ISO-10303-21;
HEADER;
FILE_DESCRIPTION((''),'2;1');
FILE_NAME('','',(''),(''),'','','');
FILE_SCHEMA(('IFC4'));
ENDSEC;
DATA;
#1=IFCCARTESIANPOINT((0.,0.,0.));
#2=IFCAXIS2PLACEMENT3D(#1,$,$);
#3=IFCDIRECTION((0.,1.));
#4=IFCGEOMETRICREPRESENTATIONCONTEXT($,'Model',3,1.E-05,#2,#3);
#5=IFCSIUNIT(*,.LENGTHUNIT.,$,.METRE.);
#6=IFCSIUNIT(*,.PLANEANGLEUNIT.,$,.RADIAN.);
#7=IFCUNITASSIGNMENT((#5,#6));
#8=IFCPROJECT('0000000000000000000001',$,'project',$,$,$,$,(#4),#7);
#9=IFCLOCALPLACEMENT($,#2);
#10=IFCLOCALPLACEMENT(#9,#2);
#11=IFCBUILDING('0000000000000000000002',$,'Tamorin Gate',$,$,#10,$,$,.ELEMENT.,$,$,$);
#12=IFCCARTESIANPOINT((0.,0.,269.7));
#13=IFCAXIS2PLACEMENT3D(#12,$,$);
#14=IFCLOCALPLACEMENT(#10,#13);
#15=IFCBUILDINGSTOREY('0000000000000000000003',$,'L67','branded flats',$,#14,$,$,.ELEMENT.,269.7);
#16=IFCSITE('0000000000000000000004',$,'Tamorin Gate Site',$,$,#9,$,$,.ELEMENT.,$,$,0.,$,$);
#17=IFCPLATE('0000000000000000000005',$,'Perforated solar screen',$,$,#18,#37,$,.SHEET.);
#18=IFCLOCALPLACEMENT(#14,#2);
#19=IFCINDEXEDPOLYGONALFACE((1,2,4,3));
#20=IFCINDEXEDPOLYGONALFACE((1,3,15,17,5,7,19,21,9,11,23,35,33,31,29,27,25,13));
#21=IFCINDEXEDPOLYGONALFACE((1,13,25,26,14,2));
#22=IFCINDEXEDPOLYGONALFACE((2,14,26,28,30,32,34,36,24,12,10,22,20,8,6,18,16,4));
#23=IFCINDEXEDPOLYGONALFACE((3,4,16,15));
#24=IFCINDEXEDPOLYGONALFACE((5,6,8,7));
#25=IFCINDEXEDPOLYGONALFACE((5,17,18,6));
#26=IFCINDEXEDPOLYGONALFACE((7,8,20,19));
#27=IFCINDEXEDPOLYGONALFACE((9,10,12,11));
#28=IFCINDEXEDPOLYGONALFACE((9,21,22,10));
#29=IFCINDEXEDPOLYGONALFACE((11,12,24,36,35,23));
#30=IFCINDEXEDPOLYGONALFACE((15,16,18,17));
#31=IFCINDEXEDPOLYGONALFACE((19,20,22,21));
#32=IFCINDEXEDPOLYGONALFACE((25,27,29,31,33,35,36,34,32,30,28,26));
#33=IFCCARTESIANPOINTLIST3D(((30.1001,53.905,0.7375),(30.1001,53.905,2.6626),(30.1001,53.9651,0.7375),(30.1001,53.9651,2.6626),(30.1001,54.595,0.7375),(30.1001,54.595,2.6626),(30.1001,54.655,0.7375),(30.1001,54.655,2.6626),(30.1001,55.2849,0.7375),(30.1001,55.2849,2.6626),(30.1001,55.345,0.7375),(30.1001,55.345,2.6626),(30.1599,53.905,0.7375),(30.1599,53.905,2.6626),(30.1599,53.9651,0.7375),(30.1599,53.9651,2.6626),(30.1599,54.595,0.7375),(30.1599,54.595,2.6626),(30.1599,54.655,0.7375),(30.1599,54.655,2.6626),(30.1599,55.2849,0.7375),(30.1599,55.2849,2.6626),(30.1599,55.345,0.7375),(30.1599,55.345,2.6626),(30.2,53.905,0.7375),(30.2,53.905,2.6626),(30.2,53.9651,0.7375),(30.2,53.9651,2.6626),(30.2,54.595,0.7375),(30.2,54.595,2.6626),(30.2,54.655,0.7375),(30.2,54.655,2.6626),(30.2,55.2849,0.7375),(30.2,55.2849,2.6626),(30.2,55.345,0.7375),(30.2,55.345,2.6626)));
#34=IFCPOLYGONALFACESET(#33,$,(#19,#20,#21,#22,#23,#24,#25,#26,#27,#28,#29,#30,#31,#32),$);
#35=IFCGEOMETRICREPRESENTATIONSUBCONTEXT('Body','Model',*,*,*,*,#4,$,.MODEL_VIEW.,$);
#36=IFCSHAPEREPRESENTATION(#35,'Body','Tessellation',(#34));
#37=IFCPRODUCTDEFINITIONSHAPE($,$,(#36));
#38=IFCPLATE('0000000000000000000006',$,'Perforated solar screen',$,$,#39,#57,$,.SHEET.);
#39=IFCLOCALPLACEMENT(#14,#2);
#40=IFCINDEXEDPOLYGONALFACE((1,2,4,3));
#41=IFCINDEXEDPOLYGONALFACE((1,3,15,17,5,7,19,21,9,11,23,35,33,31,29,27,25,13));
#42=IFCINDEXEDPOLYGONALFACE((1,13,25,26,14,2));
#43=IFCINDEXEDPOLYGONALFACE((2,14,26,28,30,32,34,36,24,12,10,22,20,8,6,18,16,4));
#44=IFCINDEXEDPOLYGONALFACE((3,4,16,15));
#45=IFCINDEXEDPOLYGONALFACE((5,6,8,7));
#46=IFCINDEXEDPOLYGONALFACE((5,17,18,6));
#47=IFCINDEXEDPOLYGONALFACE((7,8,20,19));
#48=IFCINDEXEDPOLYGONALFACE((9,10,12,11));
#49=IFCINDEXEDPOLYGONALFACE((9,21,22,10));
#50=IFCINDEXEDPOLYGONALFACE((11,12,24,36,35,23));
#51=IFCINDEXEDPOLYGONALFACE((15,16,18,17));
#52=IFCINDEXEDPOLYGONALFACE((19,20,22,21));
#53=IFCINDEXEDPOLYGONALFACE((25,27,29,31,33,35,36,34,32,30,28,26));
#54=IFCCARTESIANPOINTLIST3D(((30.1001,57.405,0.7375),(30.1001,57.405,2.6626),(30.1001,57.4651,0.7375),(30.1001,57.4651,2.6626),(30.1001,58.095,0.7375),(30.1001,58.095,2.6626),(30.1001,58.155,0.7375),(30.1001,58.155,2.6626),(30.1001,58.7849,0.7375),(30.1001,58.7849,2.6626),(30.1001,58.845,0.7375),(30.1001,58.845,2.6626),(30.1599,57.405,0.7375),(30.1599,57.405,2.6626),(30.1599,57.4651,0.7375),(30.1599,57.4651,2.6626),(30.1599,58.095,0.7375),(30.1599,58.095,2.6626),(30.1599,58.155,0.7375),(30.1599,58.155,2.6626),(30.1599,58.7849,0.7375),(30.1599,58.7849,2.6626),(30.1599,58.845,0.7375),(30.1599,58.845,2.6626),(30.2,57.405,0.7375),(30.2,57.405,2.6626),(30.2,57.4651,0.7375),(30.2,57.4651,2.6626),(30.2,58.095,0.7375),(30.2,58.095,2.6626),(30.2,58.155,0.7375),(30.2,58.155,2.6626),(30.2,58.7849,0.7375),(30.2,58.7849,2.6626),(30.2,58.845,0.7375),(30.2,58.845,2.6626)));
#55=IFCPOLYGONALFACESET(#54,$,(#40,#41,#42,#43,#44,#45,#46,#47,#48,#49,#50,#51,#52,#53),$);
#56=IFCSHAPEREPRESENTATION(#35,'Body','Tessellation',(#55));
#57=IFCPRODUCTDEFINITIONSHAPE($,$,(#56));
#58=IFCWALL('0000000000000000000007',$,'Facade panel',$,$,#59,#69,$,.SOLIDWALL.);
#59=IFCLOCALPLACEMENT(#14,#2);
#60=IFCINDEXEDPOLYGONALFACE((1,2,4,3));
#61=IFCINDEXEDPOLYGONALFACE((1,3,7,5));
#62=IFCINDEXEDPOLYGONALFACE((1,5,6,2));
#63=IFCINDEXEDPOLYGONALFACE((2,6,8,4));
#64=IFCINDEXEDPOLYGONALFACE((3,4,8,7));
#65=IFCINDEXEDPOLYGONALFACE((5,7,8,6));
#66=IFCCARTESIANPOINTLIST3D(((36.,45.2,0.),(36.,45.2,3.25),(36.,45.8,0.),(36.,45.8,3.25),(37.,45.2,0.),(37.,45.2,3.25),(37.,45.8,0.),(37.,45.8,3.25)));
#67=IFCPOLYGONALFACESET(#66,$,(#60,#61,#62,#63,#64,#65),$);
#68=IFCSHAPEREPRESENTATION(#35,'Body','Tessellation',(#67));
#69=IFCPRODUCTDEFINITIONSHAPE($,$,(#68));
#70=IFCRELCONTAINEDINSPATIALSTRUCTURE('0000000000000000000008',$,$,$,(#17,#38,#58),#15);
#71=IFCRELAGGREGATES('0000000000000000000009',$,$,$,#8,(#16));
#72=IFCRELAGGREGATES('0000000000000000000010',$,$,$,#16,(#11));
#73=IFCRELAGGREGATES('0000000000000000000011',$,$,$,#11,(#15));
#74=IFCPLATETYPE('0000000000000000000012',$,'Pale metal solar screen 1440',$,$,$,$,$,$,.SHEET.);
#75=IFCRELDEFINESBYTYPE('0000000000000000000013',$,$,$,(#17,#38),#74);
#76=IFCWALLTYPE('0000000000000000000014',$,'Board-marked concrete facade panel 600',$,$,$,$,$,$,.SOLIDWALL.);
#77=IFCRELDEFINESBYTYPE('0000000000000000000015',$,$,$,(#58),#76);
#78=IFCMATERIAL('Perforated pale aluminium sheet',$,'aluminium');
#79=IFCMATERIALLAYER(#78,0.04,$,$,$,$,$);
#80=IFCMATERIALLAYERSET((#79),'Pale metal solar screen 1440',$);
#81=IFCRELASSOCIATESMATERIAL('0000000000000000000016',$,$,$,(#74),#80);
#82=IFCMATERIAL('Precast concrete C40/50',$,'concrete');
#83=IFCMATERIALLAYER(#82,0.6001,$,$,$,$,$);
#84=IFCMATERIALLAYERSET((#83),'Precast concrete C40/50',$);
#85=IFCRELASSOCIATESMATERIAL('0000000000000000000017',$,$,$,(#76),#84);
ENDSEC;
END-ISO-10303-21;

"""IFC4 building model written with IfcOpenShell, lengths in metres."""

from ifc_helpers import new_model, si_unit, direction, frame, frame_2d, origin, place, context, subcontext, project, spatial, polyline, rectangle, outline, extrude, material, layer, layer_set, type_object, element, save


model = new_model("IFC4")

# Units and contexts
model_context = context("Model", 3, precision=1e-05, world=origin(), true_north=direction((0.0, 1.0)))
body_context = subcontext(model_context, "Body", "Model", "MODEL_VIEW")
ifc_project = project(units=[si_unit("LENGTHUNIT", "METRE"), si_unit("PLANEANGLEUNIT", "RADIAN")], contexts=[model_context])

# Site, building, storey
site_placement = place(None, origin())
site = spatial("IfcSite", under=ifc_project, at=site_placement, Name="Tamorin Gate Site", CompositionType="ELEMENT", RefElevation=0.0)
building_placement = place(site_placement, origin())
building = spatial("IfcBuilding", under=site, at=building_placement, Name="Tamorin Gate", CompositionType="ELEMENT")
storey_placement = place(building_placement, frame((0.0, 0.0, 269.7)))
storey = spatial("IfcBuildingStorey", under=building, at=storey_placement, Name="L67", Description="branded flats", CompositionType="ELEMENT", Elevation=269.7)

# Plates
ifc_material_1 = material(Name="Perforated pale aluminium sheet", Category="aluminium")
ifc_layer_1 = layer(ifc_material_1, 0.04)
ifc_layer_set_1 = layer_set([ifc_layer_1], Name="Pale metal solar screen 1440")
plate_type = type_object("IfcPlateType", Name="Pale metal solar screen 1440", PredefinedType="SHEET", material=ifc_layer_set_1)
plate_1_placement = place(storey_placement, frame((0.0, 0.0, 0.7375)))
element("IfcPlate", 1, at=plate_1_placement, inside=storey, type_object=plate_type, Name="Perforated solar screen", PredefinedType="SHEET", context=body_context, shape_type="SweptSolid", body=[
    extrude(outline(polyline([(30.1599, 55.345), (30.2, 55.345), (30.2, 55.2849), (30.2, 54.655), (30.2, 54.595), (30.2, 53.9651), (30.2, 53.905), (30.1599, 53.905), (30.1001, 53.905), (30.1001, 53.9651), (30.1599, 53.9651), (30.1599, 54.595), (30.1001, 54.595), (30.1001, 54.655), (30.1599, 54.655), (30.1599, 55.2849), (30.1001, 55.2849), (30.1001, 55.345), (30.1599, 55.345)])), origin(), (0.0, 0.0, 1.0), 1.925),
])
plate_2_placement = place(storey_placement, frame((0.0, 0.0, 0.7375)))
element("IfcPlate", 2, at=plate_2_placement, inside=storey, type_object=plate_type, Name="Perforated solar screen", PredefinedType="SHEET", context=body_context, shape_type="SweptSolid", body=[
    extrude(outline(polyline([(30.1599, 58.845), (30.2, 58.845), (30.2, 58.7849), (30.2, 58.155), (30.2, 58.095), (30.2, 57.4651), (30.2, 57.405), (30.1599, 57.405), (30.1001, 57.405), (30.1001, 57.4651), (30.1599, 57.4651), (30.1599, 58.095), (30.1001, 58.095), (30.1001, 58.155), (30.1599, 58.155), (30.1599, 58.7849), (30.1001, 58.7849), (30.1001, 58.845), (30.1599, 58.845)])), origin(), (0.0, 0.0, 1.0), 1.925),
])

# Wall
ifc_material_2 = material(Name="Precast concrete C40/50", Category="concrete")
ifc_layer_2 = layer(ifc_material_2, 0.6001)
ifc_layer_set_2 = layer_set([ifc_layer_2], Name="Precast concrete C40/50")
wall_type = type_object("IfcWallType", Name="Board-marked concrete facade panel 600", PredefinedType="SOLIDWALL", material=ifc_layer_set_2)
wall_placement = place(storey_placement, frame((36.0, 45.5, 0.0), z_axis=(0.0, 0.0, 1.0), x_axis=(1.0, 0.0, 0.0)))
element("IfcWall", 3, at=wall_placement, inside=storey, type_object=wall_type, Name="Facade panel", PredefinedType="SOLIDWALL", context=body_context, shape_type="SweptSolid", body=[
    extrude(rectangle(XDim=1.0, YDim=0.6001, at=frame_2d((0.5, 0.0))), origin(), (0.0, 0.0, 1.0), 3.25),
])

save(model, "model.ifc")
